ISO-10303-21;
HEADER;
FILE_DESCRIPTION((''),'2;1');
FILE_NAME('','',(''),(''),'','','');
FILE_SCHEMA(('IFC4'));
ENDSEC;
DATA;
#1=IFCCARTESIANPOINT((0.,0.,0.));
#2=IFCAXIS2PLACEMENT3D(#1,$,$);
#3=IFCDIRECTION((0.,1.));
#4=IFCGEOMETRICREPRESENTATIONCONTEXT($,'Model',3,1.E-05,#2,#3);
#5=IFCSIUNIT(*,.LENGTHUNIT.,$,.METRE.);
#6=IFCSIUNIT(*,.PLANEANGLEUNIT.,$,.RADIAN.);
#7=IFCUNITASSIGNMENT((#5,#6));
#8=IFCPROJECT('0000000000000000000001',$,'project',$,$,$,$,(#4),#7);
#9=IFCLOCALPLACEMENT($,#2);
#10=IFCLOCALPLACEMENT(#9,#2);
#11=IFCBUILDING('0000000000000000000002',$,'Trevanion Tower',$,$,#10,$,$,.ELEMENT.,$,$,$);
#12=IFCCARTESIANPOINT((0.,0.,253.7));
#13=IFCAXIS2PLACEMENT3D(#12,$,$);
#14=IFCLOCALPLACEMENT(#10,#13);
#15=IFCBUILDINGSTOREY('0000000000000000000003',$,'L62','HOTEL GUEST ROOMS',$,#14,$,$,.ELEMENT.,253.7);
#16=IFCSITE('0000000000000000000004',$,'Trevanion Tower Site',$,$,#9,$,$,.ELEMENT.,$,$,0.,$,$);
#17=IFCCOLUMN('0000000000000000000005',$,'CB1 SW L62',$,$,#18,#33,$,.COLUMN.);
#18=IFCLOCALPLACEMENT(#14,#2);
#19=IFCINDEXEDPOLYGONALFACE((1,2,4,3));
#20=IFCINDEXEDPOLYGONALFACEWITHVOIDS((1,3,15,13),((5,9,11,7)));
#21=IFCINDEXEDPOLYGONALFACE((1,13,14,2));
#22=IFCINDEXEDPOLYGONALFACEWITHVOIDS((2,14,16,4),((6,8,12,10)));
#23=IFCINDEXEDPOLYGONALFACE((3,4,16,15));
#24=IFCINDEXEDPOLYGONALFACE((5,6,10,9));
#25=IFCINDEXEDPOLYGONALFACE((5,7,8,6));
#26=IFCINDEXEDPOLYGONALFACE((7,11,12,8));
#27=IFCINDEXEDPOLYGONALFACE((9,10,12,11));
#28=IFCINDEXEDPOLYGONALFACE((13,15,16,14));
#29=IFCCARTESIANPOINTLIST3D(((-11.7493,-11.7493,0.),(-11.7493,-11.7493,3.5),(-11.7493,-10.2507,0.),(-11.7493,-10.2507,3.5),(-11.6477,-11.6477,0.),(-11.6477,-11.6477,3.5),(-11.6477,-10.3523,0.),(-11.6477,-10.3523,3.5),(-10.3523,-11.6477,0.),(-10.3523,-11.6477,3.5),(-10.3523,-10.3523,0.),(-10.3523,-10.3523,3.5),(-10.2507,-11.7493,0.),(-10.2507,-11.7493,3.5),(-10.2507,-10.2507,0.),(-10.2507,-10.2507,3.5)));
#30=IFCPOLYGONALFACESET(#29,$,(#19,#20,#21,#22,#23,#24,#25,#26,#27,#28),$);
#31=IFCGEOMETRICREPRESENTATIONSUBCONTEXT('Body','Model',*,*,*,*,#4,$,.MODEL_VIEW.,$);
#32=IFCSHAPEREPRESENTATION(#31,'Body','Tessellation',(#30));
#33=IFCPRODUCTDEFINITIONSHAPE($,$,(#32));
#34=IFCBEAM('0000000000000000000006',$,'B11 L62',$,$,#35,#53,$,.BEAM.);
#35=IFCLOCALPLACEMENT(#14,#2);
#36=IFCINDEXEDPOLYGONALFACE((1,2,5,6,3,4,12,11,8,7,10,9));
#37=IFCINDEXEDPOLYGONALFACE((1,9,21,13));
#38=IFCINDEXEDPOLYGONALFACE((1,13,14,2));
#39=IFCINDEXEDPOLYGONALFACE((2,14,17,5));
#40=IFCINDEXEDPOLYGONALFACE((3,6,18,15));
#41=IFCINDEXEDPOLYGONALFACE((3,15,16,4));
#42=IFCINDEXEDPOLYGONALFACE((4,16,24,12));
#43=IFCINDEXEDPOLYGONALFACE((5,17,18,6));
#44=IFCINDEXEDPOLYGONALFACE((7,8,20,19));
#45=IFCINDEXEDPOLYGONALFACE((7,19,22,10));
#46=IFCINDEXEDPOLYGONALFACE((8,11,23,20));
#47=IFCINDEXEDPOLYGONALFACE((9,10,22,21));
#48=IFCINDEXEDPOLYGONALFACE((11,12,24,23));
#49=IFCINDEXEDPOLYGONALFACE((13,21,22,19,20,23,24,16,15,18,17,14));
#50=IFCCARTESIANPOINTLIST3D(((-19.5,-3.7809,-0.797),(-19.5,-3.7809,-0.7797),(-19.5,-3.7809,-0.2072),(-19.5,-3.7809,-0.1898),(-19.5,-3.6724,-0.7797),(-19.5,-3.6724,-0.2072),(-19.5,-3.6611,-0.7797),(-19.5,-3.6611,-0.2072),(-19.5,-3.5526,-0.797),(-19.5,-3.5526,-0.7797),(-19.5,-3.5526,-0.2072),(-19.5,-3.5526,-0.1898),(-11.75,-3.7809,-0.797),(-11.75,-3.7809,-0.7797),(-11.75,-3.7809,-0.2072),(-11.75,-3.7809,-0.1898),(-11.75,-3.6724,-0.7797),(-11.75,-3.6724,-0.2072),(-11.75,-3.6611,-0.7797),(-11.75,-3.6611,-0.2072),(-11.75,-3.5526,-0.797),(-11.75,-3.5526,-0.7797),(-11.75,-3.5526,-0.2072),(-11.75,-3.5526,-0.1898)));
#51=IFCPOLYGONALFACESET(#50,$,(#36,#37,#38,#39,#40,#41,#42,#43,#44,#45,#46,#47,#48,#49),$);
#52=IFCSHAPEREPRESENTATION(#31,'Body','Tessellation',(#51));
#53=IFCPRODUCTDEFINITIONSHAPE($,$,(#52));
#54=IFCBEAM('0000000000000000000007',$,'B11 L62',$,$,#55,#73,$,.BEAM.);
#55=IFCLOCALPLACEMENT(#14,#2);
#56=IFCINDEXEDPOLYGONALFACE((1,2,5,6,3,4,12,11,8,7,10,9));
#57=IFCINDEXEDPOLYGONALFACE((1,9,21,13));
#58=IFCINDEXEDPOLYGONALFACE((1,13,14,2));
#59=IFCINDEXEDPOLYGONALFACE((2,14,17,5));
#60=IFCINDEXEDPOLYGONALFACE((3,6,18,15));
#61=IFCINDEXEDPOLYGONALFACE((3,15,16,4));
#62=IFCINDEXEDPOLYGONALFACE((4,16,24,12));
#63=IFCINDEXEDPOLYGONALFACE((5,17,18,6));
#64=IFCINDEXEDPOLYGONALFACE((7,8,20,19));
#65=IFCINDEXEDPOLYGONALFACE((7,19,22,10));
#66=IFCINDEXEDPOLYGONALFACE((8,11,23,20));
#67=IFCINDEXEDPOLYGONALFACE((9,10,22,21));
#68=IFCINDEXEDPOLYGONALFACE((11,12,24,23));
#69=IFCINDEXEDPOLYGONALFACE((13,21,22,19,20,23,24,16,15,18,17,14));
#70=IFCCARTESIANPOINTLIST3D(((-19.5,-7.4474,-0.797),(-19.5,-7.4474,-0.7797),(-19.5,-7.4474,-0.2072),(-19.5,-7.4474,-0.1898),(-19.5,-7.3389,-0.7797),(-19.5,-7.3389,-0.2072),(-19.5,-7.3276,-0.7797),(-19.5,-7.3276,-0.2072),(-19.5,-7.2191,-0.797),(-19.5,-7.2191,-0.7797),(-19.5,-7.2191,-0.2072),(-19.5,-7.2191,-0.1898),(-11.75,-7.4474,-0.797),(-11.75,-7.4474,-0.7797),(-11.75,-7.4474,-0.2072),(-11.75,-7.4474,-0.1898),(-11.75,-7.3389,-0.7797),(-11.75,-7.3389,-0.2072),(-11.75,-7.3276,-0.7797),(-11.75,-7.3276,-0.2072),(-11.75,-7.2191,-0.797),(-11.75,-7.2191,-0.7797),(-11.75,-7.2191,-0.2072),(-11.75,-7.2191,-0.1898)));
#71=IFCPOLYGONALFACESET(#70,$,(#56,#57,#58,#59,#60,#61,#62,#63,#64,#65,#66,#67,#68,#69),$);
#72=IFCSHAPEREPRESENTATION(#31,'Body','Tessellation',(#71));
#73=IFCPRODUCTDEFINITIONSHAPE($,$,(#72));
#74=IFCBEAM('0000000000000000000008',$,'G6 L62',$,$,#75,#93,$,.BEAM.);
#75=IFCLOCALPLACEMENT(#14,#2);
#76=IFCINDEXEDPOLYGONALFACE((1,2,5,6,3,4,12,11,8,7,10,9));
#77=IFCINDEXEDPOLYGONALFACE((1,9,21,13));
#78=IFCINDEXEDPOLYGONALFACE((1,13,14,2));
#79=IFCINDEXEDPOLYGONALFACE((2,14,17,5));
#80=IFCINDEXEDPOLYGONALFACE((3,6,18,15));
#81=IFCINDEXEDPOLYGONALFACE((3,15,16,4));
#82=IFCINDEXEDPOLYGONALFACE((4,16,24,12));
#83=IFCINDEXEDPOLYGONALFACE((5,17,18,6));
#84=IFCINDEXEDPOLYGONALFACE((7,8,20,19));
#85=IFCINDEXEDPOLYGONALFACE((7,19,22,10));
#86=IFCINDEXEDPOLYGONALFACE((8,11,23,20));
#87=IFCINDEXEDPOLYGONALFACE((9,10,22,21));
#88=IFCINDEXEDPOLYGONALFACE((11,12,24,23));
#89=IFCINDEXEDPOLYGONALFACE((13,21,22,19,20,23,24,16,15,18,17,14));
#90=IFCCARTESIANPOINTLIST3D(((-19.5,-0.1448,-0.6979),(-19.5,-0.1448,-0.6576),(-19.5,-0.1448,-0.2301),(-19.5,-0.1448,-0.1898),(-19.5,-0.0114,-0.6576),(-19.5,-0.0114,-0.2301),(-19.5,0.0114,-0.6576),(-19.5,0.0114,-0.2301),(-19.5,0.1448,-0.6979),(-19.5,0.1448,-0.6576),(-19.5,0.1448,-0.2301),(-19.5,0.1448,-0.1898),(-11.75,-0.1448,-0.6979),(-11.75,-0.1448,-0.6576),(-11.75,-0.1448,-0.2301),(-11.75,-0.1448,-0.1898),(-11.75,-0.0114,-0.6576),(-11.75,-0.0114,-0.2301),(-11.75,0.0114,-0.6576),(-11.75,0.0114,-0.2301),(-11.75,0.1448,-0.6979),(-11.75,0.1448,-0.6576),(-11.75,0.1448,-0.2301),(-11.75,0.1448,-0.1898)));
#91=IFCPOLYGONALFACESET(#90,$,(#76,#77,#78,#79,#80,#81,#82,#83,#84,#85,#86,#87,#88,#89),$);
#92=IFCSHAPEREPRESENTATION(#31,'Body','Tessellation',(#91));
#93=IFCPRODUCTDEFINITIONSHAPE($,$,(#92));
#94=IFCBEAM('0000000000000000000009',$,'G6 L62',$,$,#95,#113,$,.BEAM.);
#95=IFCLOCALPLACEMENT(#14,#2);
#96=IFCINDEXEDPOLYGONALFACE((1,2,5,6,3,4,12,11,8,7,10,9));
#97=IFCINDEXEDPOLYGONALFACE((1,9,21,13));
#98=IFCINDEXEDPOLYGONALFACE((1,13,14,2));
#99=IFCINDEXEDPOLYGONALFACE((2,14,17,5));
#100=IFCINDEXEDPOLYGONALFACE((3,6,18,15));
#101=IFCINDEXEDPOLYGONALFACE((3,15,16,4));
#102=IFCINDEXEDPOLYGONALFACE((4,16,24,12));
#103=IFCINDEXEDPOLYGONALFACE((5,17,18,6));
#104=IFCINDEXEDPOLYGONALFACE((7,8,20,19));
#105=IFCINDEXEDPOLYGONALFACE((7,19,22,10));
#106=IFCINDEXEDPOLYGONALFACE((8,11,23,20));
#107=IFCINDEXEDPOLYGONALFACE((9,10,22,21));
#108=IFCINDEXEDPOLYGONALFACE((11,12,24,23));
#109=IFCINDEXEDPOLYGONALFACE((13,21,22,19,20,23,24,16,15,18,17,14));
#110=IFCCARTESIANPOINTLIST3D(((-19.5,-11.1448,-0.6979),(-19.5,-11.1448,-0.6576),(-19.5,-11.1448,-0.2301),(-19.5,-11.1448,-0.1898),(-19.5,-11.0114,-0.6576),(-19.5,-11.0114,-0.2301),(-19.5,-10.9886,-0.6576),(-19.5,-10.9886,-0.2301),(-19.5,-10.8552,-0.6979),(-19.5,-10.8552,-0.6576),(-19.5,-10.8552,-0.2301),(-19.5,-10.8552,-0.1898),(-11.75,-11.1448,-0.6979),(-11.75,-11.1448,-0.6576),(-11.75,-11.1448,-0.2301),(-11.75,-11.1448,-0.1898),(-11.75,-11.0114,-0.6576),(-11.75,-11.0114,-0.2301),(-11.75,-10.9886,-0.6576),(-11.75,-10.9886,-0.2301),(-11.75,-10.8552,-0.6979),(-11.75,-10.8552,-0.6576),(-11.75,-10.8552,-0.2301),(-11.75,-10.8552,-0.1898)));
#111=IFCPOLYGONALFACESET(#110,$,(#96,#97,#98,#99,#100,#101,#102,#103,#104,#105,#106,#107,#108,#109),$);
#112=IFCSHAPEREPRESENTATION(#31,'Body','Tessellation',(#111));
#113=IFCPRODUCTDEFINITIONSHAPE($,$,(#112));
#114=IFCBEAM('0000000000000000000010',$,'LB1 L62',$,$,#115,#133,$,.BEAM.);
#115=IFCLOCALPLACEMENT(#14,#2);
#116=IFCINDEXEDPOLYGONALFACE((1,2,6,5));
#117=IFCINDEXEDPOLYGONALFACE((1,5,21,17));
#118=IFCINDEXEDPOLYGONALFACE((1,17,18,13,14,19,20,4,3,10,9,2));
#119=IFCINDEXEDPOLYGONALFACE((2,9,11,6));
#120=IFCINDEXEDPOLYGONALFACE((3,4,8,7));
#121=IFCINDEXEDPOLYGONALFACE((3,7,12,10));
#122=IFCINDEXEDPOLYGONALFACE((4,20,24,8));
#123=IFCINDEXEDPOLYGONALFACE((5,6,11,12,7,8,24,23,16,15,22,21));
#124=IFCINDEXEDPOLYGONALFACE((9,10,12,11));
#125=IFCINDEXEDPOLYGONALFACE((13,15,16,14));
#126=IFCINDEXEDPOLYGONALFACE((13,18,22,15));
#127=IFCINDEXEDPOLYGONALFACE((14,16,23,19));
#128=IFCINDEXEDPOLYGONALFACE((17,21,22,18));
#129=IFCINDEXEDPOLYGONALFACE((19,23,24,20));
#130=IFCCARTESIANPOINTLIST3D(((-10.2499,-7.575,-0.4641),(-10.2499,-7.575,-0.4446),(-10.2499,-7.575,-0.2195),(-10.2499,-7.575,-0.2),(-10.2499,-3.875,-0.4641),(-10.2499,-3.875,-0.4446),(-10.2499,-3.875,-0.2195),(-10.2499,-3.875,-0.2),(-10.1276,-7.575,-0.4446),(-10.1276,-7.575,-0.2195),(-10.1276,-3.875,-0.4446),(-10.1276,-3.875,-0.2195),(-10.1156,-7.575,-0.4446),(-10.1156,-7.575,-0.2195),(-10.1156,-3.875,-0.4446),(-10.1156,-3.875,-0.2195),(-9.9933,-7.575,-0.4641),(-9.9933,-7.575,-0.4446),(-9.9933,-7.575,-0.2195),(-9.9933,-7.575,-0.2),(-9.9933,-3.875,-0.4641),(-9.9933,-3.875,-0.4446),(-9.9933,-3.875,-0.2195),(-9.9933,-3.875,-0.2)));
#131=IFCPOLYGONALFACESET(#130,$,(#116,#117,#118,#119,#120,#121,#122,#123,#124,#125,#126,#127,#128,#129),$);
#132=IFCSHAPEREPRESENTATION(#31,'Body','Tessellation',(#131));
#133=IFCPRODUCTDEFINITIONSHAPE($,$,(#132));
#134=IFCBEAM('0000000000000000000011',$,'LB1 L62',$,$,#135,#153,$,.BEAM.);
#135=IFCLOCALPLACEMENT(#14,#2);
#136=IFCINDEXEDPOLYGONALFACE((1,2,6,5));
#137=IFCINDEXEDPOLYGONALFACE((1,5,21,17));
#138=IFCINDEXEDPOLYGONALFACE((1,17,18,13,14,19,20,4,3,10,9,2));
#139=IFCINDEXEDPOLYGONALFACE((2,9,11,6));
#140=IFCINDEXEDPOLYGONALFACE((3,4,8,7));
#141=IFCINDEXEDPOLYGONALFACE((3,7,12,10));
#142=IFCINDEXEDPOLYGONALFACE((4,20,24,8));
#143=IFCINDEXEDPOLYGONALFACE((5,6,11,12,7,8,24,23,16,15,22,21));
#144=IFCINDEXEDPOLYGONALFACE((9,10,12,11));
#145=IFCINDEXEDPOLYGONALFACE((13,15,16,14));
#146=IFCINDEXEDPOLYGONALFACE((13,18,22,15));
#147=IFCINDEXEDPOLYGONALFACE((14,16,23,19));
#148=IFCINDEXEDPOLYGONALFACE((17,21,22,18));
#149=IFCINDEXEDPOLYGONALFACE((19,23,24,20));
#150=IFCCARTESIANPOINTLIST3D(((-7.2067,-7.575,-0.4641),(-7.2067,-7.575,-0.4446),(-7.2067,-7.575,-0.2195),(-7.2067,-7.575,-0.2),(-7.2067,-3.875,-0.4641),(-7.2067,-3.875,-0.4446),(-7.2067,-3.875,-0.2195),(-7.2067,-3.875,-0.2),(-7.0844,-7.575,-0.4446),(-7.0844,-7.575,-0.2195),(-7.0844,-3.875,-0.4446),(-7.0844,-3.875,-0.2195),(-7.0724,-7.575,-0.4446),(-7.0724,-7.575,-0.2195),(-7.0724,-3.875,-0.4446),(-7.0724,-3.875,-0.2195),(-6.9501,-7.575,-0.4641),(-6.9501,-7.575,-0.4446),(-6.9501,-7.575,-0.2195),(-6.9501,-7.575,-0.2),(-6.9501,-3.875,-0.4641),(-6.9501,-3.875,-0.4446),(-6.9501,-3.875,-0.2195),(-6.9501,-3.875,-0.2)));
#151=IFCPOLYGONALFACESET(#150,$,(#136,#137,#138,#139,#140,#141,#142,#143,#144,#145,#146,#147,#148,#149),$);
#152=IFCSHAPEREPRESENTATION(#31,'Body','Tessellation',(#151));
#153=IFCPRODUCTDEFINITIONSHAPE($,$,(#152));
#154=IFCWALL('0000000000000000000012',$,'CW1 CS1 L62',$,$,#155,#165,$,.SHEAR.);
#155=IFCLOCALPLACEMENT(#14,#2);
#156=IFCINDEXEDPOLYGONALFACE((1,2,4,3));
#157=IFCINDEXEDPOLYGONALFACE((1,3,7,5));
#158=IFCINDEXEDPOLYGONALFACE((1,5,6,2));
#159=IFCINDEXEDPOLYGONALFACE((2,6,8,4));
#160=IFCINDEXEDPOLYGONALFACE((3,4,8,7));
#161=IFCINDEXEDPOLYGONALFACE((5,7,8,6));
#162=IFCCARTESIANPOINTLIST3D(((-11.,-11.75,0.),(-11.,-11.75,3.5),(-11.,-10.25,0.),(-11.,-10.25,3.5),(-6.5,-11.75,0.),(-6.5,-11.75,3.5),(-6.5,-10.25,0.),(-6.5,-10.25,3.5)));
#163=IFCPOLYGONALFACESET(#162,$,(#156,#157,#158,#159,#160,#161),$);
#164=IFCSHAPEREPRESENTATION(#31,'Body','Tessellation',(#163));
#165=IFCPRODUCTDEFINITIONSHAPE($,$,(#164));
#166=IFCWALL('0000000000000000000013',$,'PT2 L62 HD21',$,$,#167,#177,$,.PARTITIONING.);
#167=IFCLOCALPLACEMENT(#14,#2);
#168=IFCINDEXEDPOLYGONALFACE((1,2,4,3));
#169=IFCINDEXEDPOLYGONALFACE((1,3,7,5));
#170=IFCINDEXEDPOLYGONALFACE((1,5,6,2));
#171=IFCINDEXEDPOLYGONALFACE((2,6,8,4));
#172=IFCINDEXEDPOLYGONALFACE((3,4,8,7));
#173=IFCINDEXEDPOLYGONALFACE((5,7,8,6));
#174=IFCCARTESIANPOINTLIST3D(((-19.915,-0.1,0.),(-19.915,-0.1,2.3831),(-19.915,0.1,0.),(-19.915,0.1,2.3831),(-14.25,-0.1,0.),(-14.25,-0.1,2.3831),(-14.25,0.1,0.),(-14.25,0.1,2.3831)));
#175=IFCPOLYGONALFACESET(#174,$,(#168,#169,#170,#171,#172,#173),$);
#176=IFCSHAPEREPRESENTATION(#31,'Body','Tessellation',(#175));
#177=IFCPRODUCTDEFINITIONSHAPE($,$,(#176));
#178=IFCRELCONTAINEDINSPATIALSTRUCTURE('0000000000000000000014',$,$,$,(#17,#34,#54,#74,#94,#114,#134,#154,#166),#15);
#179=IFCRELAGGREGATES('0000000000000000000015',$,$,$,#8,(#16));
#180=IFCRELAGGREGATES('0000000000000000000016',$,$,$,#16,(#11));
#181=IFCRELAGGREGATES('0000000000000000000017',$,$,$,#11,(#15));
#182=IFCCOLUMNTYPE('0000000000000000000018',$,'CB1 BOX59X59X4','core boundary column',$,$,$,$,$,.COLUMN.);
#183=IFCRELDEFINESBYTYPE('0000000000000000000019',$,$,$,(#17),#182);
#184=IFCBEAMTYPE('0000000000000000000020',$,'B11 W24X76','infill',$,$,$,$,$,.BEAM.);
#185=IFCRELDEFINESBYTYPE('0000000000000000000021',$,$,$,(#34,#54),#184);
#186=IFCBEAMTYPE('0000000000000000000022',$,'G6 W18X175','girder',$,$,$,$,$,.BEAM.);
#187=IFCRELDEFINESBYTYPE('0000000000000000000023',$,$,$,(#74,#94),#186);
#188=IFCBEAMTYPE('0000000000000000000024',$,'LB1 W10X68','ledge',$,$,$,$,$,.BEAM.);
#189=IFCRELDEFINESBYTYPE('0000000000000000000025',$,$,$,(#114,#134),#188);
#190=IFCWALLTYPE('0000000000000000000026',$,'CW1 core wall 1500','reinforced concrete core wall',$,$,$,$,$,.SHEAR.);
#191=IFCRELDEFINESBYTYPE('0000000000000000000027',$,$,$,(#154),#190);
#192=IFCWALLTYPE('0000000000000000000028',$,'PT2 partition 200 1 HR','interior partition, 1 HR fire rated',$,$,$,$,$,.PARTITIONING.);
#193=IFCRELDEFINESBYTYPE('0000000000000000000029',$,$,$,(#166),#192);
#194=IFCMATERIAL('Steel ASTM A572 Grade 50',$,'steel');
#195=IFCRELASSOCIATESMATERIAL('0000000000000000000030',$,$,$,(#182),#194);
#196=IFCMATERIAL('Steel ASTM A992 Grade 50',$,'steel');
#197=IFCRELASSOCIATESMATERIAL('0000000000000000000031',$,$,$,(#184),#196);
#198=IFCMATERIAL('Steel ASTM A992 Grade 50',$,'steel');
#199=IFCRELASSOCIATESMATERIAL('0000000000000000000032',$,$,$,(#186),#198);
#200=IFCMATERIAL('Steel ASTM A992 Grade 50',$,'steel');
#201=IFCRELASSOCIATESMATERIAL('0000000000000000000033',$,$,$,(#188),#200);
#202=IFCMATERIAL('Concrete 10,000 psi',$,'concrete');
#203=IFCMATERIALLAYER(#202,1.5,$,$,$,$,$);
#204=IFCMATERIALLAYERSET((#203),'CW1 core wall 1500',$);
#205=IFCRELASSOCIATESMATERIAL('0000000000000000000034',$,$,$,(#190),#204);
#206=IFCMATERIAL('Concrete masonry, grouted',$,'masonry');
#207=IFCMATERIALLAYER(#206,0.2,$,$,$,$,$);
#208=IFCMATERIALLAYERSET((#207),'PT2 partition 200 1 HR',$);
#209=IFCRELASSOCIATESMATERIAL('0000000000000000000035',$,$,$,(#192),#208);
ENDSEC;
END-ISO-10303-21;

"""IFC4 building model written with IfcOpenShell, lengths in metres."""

from ifc_helpers import new_model, si_unit, direction, frame, frame_2d, origin, origin_2d, place, context, subcontext, project, spatial, rectangle, hollow_rectangle, i_section, extrude, material, layer, layer_set, material_profile, profile_set, type_object, element, save


model = new_model("IFC4")

# Units and contexts
model_context = context("Model", 3, precision=1e-05, world=origin(), true_north=direction((0.0, 1.0)))
body_context = subcontext(model_context, "Body", "Model", "MODEL_VIEW")
ifc_project = project(units=[si_unit("LENGTHUNIT", "METRE"), si_unit("PLANEANGLEUNIT", "RADIAN")], contexts=[model_context])

# Site, building, storey
site_placement = place(None, origin())
site = spatial("IfcSite", under=ifc_project, at=site_placement, Name="Trevanion Tower Site", CompositionType="ELEMENT", RefElevation=0.0)
building_placement = place(site_placement, origin())
building = spatial("IfcBuilding", under=site, at=building_placement, Name="Trevanion Tower", CompositionType="ELEMENT")
storey_placement = place(building_placement, frame((0.0, 0.0, 253.7)))
storey = spatial("IfcBuildingStorey", under=building, at=storey_placement, Name="L62", Description="HOTEL GUEST ROOMS", CompositionType="ELEMENT", Elevation=253.7)

# Column
ifc_material_1 = material(Name="Steel ASTM A572 Grade 50", Category="steel")
ifc_material_profile_1 = material_profile(ifc_material_1, hollow_rectangle(XDim=1.4985, YDim=1.4985, WallThickness=0.1016, at=origin_2d()), Name="BOX59X59X4")
ifc_profile_set_1 = profile_set([ifc_material_profile_1], Name="Steel ASTM A572 Grade 50")
column_type = type_object("IfcColumnType", Name="CB1 BOX59X59X4", Description="core boundary column", PredefinedType="COLUMN", material=ifc_profile_set_1)
column_placement = place(storey_placement, frame((-11.0, -11.0, 0.0), z_axis=(0.0, 0.0, 1.0), x_axis=(1.0, 0.0, 0.0)))
element("IfcColumn", 1, at=column_placement, inside=storey, type_object=column_type, Name="CB1 SW L62", PredefinedType="COLUMN", context=body_context, shape_type="SweptSolid", body=[
    extrude(hollow_rectangle(XDim=1.4985, YDim=1.4985, WallThickness=0.1016, at=origin_2d()), origin(), (0.0, 0.0, 1.0), 3.5),
])

# Beams
ifc_material_2 = material(Name="Steel ASTM A992 Grade 50", Category="steel")
ifc_material_profile_2 = material_profile(ifc_material_2, i_section(OverallWidth=0.2283, OverallDepth=0.6072, WebThickness=0.0112, FlangeThickness=0.0173, at=origin_2d()), Name="W24X76")
ifc_profile_set_2 = profile_set([ifc_material_profile_2], Name="Steel ASTM A992 Grade 50")
beam_type_1 = type_object("IfcBeamType", Name="B11 W24X76", Description="infill", PredefinedType="BEAM", material=ifc_profile_set_2)
for number, where, z_axis, x_axis, name in (
    (2, (-11.75, -3.6667, -0.4934), (-1.0, 0.0, 0.0), (0.0, -1.0, 0.0), "B11 L62"),
    (3, (-11.75, -7.3333, -0.4934), (-1.0, 0.0, 0.0), (0.0, -1.0, 0.0), "B11 L62"),
):
    element("IfcBeam", number, at=place(storey_placement, frame(where, z_axis=z_axis, x_axis=x_axis)), inside=storey, type_object=beam_type_1, Name=name, PredefinedType="BEAM", context=body_context, shape_type="SweptSolid", body=[
        extrude(i_section(OverallWidth=0.2283, OverallDepth=0.6072, WebThickness=0.0112, FlangeThickness=0.0173, at=origin_2d()), origin(), (0.0, 0.0, 1.0), 7.75),
    ])
ifc_material_3 = material(Name="Steel ASTM A992 Grade 50", Category="steel")
ifc_material_profile_3 = material_profile(ifc_material_3, i_section(OverallWidth=0.2896, OverallDepth=0.5081, WebThickness=0.0227, FlangeThickness=0.0403, at=origin_2d()), Name="W18X175")
ifc_profile_set_3 = profile_set([ifc_material_profile_3], Name="Steel ASTM A992 Grade 50")
beam_type_2 = type_object("IfcBeamType", Name="G6 W18X175", Description="girder", PredefinedType="BEAM", material=ifc_profile_set_3)
for number, where, z_axis, x_axis, name in (
    (4, (-11.75, 0.0, -0.4438), (-1.0, 0.0, 0.0), (0.0, -1.0, 0.0), "G6 L62"),
    (5, (-11.75, -11.0, -0.4438), (-1.0, 0.0, 0.0), (0.0, -1.0, 0.0), "G6 L62"),
):
    element("IfcBeam", number, at=place(storey_placement, frame(where, z_axis=z_axis, x_axis=x_axis)), inside=storey, type_object=beam_type_2, Name=name, PredefinedType="BEAM", context=body_context, shape_type="SweptSolid", body=[
        extrude(i_section(OverallWidth=0.2896, OverallDepth=0.5081, WebThickness=0.0227, FlangeThickness=0.0403, at=origin_2d()), origin(), (0.0, 0.0, 1.0), 7.75),
    ])
ifc_material_4 = material(Name="Steel ASTM A992 Grade 50", Category="steel")
ifc_material_profile_4 = material_profile(ifc_material_4, i_section(OverallWidth=0.2566, OverallDepth=0.2642, WebThickness=0.012, FlangeThickness=0.0195, at=origin_2d()), Name="W10X68")
ifc_profile_set_4 = profile_set([ifc_material_profile_4], Name="Steel ASTM A992 Grade 50")
beam_type_3 = type_object("IfcBeamType", Name="LB1 W10X68", Description="ledge", PredefinedType="BEAM", material=ifc_profile_set_4)
for number, where, z_axis, x_axis, name in (
    (6, (-10.1216, -7.575, -0.332), (0.0, 1.0, 0.0), (-1.0, 0.0, 0.0), "LB1 L62"),
    (7, (-7.0784, -7.575, -0.332), (0.0, 1.0, 0.0), (-1.0, 0.0, 0.0), "LB1 L62"),
):
    element("IfcBeam", number, at=place(storey_placement, frame(where, z_axis=z_axis, x_axis=x_axis)), inside=storey, type_object=beam_type_3, Name=name, PredefinedType="BEAM", context=body_context, shape_type="SweptSolid", body=[
        extrude(i_section(OverallWidth=0.2566, OverallDepth=0.2642, WebThickness=0.012, FlangeThickness=0.0195, at=origin_2d()), origin(), (0.0, 0.0, 1.0), 3.7),
    ])

# Walls
ifc_material_5 = material(Name="Concrete 10,000 psi", Category="concrete")
ifc_layer_1 = layer(ifc_material_5, 1.5)
ifc_layer_set_1 = layer_set([ifc_layer_1], Name="CW1 core wall 1500")
wall_type_1 = type_object("IfcWallType", Name="CW1 core wall 1500", Description="reinforced concrete core wall", PredefinedType="SHEAR", material=ifc_layer_set_1)
wall_1_placement = place(storey_placement, frame((-11.0, -11.0, 0.0), z_axis=(0.0, 0.0, 1.0), x_axis=(1.0, 0.0, 0.0)))
element("IfcWall", 8, at=wall_1_placement, inside=storey, type_object=wall_type_1, Name="CW1 CS1 L62", PredefinedType="SHEAR", context=body_context, shape_type="SweptSolid", body=[
    extrude(rectangle(XDim=4.5, YDim=1.5, at=frame_2d((2.25, 0.0))), origin(), (0.0, 0.0, 1.0), 3.5),
])
ifc_material_6 = material(Name="Concrete masonry, grouted", Category="masonry")
ifc_layer_2 = layer(ifc_material_6, 0.2)
ifc_layer_set_2 = layer_set([ifc_layer_2], Name="PT2 partition 200 1 HR")
wall_type_2 = type_object("IfcWallType", Name="PT2 partition 200 1 HR", Description="interior partition, 1 HR fire rated", PredefinedType="PARTITIONING", material=ifc_layer_set_2)
wall_2_placement = place(storey_placement, frame((-14.25, 0.0, 0.0), z_axis=(0.0, 0.0, 1.0), x_axis=(-1.0, 0.0, 0.0)))
element("IfcWall", 9, at=wall_2_placement, inside=storey, type_object=wall_type_2, Name="PT2 L62 HD21", PredefinedType="PARTITIONING", context=body_context, shape_type="SweptSolid", body=[
    extrude(rectangle(XDim=5.665, YDim=0.2, at=frame_2d((2.8325, 0.0))), origin(), (0.0, 0.0, 1.0), 2.3831),
])

save(model, "model.ifc")
